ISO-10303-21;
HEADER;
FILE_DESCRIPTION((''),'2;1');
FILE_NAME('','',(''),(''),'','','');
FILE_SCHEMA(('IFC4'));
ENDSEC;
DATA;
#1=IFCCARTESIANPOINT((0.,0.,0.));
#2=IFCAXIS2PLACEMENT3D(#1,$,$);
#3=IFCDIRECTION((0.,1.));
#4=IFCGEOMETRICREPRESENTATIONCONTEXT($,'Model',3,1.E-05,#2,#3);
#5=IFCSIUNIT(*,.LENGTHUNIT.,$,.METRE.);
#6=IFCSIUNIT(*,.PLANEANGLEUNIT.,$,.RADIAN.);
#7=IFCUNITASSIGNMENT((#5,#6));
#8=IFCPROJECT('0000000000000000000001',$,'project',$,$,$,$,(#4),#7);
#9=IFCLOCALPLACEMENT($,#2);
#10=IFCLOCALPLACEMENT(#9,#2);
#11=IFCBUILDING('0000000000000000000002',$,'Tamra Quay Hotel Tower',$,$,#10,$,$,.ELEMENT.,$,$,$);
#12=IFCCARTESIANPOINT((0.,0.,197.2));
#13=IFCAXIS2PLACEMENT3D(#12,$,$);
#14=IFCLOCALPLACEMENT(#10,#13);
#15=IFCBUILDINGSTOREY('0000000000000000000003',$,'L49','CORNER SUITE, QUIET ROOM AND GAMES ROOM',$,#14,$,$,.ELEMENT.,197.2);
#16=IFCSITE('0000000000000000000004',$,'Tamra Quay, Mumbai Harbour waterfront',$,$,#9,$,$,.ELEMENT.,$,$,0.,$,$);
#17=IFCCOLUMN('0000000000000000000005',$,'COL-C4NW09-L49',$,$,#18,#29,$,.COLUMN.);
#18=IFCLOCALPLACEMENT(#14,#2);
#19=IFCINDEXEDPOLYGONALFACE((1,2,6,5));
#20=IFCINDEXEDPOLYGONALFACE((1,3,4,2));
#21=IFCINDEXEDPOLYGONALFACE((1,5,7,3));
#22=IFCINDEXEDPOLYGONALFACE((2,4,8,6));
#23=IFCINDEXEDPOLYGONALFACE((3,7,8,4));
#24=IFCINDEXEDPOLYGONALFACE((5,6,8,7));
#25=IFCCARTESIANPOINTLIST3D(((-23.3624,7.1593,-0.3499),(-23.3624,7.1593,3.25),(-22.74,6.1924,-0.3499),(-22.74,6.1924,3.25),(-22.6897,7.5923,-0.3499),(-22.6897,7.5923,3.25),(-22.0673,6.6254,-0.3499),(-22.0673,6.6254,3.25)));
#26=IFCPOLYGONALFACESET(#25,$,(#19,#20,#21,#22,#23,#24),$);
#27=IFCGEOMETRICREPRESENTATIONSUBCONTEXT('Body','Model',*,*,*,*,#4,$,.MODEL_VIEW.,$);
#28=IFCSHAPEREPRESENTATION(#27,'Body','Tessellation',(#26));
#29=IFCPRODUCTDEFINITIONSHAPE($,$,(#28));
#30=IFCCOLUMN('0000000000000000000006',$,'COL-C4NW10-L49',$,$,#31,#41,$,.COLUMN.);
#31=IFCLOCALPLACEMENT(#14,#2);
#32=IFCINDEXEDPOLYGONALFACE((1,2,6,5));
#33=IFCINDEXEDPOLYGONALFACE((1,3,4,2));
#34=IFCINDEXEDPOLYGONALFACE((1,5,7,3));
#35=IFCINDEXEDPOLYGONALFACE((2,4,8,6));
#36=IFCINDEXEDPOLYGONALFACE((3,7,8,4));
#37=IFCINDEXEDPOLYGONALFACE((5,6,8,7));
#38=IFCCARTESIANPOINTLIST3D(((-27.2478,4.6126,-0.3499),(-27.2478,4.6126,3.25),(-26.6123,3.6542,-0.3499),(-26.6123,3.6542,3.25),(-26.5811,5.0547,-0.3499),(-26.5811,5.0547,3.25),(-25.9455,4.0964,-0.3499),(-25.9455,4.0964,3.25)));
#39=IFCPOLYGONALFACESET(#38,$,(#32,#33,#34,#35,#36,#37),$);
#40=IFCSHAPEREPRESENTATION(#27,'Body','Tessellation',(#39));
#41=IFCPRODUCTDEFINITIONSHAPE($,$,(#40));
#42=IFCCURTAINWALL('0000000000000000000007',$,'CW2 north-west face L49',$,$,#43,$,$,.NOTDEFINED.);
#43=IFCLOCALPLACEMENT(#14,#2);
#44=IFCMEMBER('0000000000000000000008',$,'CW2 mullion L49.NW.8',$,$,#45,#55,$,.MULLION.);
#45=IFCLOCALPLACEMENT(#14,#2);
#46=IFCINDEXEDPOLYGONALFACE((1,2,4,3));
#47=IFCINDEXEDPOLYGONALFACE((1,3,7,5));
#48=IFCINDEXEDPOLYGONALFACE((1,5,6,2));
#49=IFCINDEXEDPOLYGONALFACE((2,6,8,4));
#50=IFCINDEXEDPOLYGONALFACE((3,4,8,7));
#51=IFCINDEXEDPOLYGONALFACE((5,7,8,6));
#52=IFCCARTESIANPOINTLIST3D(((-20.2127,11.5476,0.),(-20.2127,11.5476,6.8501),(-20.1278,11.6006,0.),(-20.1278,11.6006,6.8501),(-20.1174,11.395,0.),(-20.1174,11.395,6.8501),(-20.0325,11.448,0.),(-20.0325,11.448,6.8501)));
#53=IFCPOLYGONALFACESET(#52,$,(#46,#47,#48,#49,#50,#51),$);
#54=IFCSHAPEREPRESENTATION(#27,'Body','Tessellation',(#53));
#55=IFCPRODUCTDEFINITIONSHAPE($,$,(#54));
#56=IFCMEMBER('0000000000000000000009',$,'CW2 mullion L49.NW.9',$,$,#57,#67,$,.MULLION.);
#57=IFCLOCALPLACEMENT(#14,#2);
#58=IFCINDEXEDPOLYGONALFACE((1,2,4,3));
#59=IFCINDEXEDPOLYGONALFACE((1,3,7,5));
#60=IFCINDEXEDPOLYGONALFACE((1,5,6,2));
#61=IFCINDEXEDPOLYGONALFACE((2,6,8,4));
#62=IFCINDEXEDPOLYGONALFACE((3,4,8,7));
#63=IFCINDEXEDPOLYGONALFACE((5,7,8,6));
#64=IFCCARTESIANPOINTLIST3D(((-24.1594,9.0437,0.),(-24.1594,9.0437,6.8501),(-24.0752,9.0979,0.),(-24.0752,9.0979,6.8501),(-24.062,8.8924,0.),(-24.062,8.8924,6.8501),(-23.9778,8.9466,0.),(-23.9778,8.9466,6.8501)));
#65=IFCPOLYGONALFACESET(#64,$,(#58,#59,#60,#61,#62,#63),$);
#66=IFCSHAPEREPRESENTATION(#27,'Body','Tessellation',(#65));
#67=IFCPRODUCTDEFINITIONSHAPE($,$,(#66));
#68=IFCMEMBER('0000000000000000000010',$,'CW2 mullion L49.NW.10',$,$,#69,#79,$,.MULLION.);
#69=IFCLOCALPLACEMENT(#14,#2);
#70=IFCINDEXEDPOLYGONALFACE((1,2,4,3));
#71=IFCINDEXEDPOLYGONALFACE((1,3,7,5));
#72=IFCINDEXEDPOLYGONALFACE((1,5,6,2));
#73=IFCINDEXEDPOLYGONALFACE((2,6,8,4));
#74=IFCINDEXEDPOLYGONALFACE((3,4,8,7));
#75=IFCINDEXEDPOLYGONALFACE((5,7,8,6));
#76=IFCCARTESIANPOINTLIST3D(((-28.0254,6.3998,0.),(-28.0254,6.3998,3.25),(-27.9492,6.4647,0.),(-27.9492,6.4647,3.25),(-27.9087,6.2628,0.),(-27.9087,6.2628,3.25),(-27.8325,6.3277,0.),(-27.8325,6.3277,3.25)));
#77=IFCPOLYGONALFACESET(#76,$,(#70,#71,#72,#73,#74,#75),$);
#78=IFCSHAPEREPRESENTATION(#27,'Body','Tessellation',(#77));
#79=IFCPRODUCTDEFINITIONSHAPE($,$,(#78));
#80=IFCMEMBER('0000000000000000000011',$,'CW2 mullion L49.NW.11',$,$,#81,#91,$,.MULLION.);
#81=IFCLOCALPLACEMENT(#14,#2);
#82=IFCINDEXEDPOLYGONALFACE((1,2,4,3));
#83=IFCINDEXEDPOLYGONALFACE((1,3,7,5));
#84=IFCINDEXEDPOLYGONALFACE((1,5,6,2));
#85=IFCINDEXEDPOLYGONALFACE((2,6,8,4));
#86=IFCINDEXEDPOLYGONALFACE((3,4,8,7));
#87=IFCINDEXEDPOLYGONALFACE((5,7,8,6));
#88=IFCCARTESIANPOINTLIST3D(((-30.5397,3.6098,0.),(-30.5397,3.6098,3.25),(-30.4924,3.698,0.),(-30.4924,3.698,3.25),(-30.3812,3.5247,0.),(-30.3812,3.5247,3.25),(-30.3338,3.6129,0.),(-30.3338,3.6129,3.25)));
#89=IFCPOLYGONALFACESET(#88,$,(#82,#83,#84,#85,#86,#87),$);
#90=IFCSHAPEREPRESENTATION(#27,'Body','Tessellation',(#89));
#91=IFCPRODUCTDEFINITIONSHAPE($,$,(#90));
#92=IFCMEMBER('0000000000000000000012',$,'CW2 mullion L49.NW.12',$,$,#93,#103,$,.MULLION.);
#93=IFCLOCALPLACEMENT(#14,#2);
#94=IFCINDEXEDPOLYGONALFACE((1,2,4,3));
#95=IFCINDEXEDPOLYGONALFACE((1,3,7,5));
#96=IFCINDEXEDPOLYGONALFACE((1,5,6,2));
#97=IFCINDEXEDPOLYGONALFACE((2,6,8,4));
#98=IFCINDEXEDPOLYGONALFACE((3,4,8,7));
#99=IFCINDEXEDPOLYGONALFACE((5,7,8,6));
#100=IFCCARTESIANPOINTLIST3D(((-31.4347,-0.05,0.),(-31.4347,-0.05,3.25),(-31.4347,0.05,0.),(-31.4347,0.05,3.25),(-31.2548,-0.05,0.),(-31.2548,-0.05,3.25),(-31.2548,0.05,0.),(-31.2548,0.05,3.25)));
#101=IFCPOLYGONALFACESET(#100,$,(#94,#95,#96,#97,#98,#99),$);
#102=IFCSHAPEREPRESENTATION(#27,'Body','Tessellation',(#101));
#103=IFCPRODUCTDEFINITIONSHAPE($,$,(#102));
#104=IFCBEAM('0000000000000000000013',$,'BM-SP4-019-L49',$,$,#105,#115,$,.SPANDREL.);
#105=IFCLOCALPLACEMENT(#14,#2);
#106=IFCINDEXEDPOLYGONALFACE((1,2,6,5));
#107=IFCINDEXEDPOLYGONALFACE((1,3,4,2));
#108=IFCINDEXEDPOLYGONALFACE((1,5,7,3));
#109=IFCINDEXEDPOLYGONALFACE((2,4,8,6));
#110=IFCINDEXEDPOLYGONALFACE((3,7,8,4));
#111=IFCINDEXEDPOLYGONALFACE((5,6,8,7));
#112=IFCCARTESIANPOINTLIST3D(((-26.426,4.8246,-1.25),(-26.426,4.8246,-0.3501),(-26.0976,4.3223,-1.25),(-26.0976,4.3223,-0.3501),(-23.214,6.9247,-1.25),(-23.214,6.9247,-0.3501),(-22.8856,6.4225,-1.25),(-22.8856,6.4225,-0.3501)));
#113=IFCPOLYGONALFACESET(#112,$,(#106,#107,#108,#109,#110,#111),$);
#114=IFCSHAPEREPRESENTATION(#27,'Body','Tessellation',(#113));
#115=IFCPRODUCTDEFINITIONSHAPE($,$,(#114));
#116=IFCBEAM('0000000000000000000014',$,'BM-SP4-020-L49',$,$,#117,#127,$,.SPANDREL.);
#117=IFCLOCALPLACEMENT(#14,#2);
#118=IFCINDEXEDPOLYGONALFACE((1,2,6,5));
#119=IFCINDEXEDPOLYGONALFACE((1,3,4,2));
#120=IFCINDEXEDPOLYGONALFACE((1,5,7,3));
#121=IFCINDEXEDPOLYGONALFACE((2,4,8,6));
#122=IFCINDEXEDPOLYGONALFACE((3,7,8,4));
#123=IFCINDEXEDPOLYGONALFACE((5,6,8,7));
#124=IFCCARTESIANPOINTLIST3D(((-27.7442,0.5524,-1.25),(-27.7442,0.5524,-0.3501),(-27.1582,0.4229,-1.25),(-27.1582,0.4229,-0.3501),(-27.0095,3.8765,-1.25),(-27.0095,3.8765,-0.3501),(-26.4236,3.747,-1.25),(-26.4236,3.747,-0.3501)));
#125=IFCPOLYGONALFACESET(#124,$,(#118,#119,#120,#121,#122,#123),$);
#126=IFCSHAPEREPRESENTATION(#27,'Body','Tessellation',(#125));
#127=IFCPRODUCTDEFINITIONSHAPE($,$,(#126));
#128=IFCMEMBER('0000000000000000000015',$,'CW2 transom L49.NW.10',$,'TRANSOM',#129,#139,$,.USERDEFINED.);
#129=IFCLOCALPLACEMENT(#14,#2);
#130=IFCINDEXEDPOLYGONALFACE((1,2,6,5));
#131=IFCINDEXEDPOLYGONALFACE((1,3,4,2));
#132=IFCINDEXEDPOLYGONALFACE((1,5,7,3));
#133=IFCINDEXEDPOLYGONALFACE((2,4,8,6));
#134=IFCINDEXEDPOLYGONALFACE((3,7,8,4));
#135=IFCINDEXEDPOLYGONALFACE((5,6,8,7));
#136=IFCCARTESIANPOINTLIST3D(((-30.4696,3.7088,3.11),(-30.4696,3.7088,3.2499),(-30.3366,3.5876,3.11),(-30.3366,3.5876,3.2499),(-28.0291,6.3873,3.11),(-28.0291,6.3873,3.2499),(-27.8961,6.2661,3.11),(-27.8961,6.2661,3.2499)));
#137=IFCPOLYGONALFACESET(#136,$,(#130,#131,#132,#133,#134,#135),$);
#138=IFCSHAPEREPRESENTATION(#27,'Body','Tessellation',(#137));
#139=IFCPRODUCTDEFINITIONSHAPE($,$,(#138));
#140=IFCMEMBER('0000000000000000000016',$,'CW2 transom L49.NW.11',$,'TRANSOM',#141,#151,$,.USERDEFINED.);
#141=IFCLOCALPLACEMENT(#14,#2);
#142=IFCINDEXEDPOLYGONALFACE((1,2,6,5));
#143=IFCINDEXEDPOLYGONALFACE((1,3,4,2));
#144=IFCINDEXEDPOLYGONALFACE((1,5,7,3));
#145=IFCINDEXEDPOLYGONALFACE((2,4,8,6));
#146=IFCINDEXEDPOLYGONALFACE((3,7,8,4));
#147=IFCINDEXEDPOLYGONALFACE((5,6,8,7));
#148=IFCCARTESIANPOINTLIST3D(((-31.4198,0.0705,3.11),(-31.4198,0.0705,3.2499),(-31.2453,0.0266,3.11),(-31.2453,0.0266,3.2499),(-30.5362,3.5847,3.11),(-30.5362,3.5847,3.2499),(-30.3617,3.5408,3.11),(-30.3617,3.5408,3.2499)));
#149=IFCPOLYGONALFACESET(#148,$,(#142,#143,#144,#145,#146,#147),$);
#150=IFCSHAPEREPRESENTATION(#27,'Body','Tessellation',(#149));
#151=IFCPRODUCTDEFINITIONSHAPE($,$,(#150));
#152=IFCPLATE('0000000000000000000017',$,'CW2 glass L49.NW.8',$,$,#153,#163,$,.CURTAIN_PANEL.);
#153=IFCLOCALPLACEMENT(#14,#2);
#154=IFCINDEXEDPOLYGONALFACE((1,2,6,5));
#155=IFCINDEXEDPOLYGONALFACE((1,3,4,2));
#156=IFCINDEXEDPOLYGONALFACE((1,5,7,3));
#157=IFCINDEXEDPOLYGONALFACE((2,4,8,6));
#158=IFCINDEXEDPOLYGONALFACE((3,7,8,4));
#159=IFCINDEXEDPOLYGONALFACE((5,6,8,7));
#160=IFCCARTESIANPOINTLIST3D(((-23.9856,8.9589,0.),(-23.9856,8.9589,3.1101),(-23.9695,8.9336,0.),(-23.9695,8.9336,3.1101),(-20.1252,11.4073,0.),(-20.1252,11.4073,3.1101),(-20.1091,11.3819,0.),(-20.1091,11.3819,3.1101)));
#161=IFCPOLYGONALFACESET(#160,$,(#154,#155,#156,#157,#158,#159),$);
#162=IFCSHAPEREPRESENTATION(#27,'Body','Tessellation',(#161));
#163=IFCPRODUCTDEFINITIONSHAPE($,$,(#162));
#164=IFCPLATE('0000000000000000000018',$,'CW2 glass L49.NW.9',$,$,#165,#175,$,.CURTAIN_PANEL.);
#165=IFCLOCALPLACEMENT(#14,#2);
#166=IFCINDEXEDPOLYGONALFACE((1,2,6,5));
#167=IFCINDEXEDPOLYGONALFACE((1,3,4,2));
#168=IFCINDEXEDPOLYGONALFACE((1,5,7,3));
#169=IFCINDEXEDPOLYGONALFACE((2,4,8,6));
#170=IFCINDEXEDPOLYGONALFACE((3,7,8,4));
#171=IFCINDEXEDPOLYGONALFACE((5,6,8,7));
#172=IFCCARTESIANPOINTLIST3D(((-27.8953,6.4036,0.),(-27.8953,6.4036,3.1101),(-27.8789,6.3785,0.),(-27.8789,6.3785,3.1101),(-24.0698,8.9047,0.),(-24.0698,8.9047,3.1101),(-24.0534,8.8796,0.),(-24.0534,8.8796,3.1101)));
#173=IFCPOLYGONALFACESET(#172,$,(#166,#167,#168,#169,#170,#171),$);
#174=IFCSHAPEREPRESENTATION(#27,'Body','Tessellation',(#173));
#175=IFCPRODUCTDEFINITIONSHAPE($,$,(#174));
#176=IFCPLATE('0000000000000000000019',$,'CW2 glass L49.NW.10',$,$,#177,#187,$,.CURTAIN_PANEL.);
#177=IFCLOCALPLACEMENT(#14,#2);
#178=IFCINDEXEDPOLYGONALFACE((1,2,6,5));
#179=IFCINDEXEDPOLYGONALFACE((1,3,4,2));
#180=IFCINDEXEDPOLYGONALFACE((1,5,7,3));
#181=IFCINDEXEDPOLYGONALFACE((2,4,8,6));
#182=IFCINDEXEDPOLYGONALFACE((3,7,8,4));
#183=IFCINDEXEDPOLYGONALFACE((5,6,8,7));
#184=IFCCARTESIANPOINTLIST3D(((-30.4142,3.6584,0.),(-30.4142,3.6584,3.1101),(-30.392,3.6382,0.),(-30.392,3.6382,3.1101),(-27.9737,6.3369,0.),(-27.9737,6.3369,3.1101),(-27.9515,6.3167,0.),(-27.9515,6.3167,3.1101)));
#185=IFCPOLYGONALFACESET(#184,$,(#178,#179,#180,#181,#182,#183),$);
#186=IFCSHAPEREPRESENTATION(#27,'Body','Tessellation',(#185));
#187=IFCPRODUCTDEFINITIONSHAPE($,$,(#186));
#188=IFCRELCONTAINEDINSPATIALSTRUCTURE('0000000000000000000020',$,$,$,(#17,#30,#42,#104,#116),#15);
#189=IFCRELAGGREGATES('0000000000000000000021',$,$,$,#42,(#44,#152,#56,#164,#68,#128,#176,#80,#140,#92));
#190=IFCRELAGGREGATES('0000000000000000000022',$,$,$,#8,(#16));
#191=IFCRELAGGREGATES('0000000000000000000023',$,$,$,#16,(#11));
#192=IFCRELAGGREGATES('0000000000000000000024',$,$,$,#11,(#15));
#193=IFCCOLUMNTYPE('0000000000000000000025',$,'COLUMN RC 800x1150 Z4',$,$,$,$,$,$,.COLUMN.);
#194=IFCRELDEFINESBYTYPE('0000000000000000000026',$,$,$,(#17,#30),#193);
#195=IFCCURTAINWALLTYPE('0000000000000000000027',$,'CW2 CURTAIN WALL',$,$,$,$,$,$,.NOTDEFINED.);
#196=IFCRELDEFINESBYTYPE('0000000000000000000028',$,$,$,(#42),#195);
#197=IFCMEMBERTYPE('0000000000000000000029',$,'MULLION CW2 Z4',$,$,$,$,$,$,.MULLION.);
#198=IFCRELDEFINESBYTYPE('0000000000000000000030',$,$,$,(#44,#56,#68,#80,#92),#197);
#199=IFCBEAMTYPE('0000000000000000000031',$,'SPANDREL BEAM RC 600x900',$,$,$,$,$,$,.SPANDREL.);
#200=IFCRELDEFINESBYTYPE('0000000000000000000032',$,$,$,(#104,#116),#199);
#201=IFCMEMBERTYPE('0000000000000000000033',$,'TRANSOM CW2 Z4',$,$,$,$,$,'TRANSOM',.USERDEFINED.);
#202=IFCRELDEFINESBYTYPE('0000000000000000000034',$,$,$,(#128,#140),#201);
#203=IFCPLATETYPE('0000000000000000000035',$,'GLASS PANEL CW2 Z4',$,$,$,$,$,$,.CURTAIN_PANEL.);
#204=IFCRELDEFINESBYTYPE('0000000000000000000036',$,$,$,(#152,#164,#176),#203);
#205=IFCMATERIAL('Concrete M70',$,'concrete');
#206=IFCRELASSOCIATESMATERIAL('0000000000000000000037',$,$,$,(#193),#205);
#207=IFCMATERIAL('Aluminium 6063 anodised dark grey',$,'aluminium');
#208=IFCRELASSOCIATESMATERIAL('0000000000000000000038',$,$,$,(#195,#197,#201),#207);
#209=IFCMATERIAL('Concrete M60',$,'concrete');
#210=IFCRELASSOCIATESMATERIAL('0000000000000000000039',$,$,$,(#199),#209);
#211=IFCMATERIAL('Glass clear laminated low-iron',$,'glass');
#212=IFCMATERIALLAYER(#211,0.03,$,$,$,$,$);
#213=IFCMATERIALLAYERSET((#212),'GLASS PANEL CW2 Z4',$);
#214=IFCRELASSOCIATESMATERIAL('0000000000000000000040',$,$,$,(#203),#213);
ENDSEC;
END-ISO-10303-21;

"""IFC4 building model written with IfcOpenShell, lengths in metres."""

from ifc_helpers import new_model, si_unit, direction, frame, origin, origin_2d, place, context, subcontext, project, spatial, rectangle, extrude, material, layer, layer_set, material_profile, profile_set, type_object, element, aggregate, save


model = new_model("IFC4")

# Units and contexts
model_context = context("Model", 3, precision=1e-05, world=origin(), true_north=direction((0.0, 1.0)))
body_context = subcontext(model_context, "Body", "Model", "MODEL_VIEW")
ifc_project = project(units=[si_unit("LENGTHUNIT", "METRE"), si_unit("PLANEANGLEUNIT", "RADIAN")], contexts=[model_context])

# Site, building, storey
site_placement = place(None, origin())
site = spatial("IfcSite", under=ifc_project, at=site_placement, Name="Tamra Quay, Mumbai Harbour waterfront", CompositionType="ELEMENT", RefElevation=0.0)
building_placement = place(site_placement, origin())
building = spatial("IfcBuilding", under=site, at=building_placement, Name="Tamra Quay Hotel Tower", CompositionType="ELEMENT")
storey_placement = place(building_placement, frame((0.0, 0.0, 197.2)))
storey = spatial("IfcBuildingStorey", under=building, at=storey_placement, Name="L49", Description="CORNER SUITE, QUIET ROOM AND GAMES ROOM", CompositionType="ELEMENT", Elevation=197.2)

# Columns
ifc_material_1 = material(Name="Concrete M70", Category="concrete")
ifc_material_profile_1 = material_profile(ifc_material_1, rectangle(XDim=1.1499, YDim=0.8, at=origin_2d()), Name="COLUMN RC 800x1150 Z4")
ifc_profile_set_1 = profile_set([ifc_material_profile_1], Name="Concrete M70")
column_type = type_object("IfcColumnType", Name="COLUMN RC 800x1150 Z4", PredefinedType="COLUMN", material=ifc_profile_set_1)
for number, where, z_axis, x_axis, name in (
    (1, (-22.7148, 6.8923, -0.3499), (0.0, 0.0, 1.0), (-0.541283, 0.840841, 0.0), "COL-C4NW09-L49"),
    (2, (-26.5967, 4.3545, -0.3499), (0.0, 0.0, 1.0), (-0.552666, 0.833403, 0.0), "COL-C4NW10-L49"),
):
    element("IfcColumn", number, at=place(storey_placement, frame(where, z_axis=z_axis, x_axis=x_axis)), inside=storey, type_object=column_type, Name=name, PredefinedType="COLUMN", context=body_context, shape_type="SweptSolid", body=[
        extrude(rectangle(XDim=1.1499, YDim=0.8, at=origin_2d()), origin(), (0.0, 0.0, 1.0), 3.5999),
    ])

# Curtain wall, members
ifc_material_2 = material(Name="Aluminium 6063 anodised dark grey", Category="aluminium")
curtain_wall_type = type_object("IfcCurtainWallType", Name="CW2 CURTAIN WALL", PredefinedType="NOTDEFINED", material=ifc_material_2)
curtain_wall_placement = place(storey_placement, origin())
curtain_wall = element("IfcCurtainWall", 3, at=curtain_wall_placement, inside=storey, type_object=curtain_wall_type, Name="CW2 north-west face L49", PredefinedType="NOTDEFINED")
ifc_material_profile_2 = material_profile(ifc_material_2, rectangle(XDim=0.1799, YDim=0.1001, at=origin_2d()), Name="MULLION 100X180")
ifc_profile_set_2 = profile_set([ifc_material_profile_2], Name="Aluminium 6063 anodised dark grey")
member_type_1 = type_object("IfcMemberType", Name="MULLION CW2 Z4", PredefinedType="MULLION", material=ifc_profile_set_2)
member_1_placement = place(storey_placement, frame((-20.1226, 11.4978, 0.0), z_axis=(0.0, 0.0, 1.0), x_axis=(-0.529731, 0.848166, 0.0)))
member_1 = element("IfcMember", 4, at=member_1_placement, type_object=member_type_1, Name="CW2 mullion L49.NW.8", PredefinedType="MULLION", context=body_context, shape_type="SweptSolid", body=[
    extrude(rectangle(XDim=0.1799, YDim=0.1001, at=origin_2d()), origin(), (0.0, 0.0, 1.0), 6.8501),
])
member_2_placement = place(storey_placement, frame((-24.0686, 8.9951, 0.0), z_axis=(0.0, 0.0, 1.0), x_axis=(-0.541421, 0.840751, 0.0)))
member_2 = element("IfcMember", 5, at=member_2_placement, type_object=member_type_1, Name="CW2 mullion L49.NW.9", PredefinedType="MULLION", context=body_context, shape_type="SweptSolid", body=[
    extrude(rectangle(XDim=0.1799, YDim=0.1001, at=origin_2d()), origin(), (0.0, 0.0, 1.0), 6.8501),
])
member_3_placement = place(storey_placement, frame((-27.929, 6.3638, 0.0), z_axis=(0.0, 0.0, 1.0), x_axis=(-0.648381, 0.761316, 0.0)))
member_3 = element("IfcMember", 6, at=member_3_placement, type_object=member_type_1, Name="CW2 mullion L49.NW.10", PredefinedType="MULLION", context=body_context, shape_type="SweptSolid", body=[
    extrude(rectangle(XDim=0.1799, YDim=0.1001, at=origin_2d()), origin(), (0.0, 0.0, 1.0), 3.25),
])
member_4_placement = place(storey_placement, frame((-30.4368, 3.6113, 0.0), z_axis=(0.0, 0.0, 1.0), x_axis=(-0.881098, 0.472935, 0.0)))
member_4 = element("IfcMember", 7, at=member_4_placement, type_object=member_type_1, Name="CW2 mullion L49.NW.11", PredefinedType="MULLION", context=body_context, shape_type="SweptSolid", body=[
    extrude(rectangle(XDim=0.1799, YDim=0.1001, at=origin_2d()), origin(), (0.0, 0.0, 1.0), 3.25),
])
member_5_placement = place(storey_placement, frame((-31.3447, 0.0, 0.0), z_axis=(0.0, 0.0, 1.0), x_axis=(-1.0, 0.0, 0.0)))
member_5 = element("IfcMember", 8, at=member_5_placement, type_object=member_type_1, Name="CW2 mullion L49.NW.12", PredefinedType="MULLION", context=body_context, shape_type="SweptSolid", body=[
    extrude(rectangle(XDim=0.1799, YDim=0.1001, at=origin_2d()), origin(), (0.0, 0.0, 1.0), 3.25),
])

# Beams
ifc_material_3 = material(Name="Concrete M60", Category="concrete")
ifc_material_profile_3 = material_profile(ifc_material_3, rectangle(XDim=0.6001, YDim=0.8999, at=origin_2d()), Name="SPANDREL BEAM RC 600x900")
ifc_profile_set_3 = profile_set([ifc_material_profile_3], Name="Concrete M60")
beam_type = type_object("IfcBeamType", Name="SPANDREL BEAM RC 600x900", PredefinedType="SPANDREL", material=ifc_profile_set_3)
beam_1_placement = place(storey_placement, frame((-23.0498, 6.6736, -0.8), z_axis=(-0.83697, -0.547249, 0.0), x_axis=(0.547249, -0.83697, 0.0)))
element("IfcBeam", 9, at=beam_1_placement, inside=storey, type_object=beam_type, Name="BM-SP4-019-L49", PredefinedType="SPANDREL", context=body_context, shape_type="SweptSolid", body=[
    extrude(rectangle(XDim=0.6001, YDim=0.8999, at=origin_2d()), origin(), (0.0, 0.0, 1.0), 3.8376),
])
beam_2_placement = place(storey_placement, frame((-26.7166, 3.8118, -0.8), z_axis=(-0.215799, -0.976438, 0.0), x_axis=(0.976438, -0.215799, 0.0)))
element("IfcBeam", 10, at=beam_2_placement, inside=storey, type_object=beam_type, Name="BM-SP4-020-L49", PredefinedType="SPANDREL", context=body_context, shape_type="SweptSolid", body=[
    extrude(rectangle(XDim=0.6001, YDim=0.8999, at=origin_2d()), origin(), (0.0, 0.0, 1.0), 3.4043),
])

# Members
ifc_material_profile_4 = material_profile(ifc_material_2, rectangle(XDim=0.1799, YDim=0.1399, at=origin_2d()), Name="TRANSOM 180X140")
ifc_profile_set_4 = profile_set([ifc_material_profile_4], Name="Aluminium 6063 anodised dark grey")
member_type_2 = type_object("IfcMemberType", Name="TRANSOM CW2 Z4", ElementType="TRANSOM", PredefinedType="USERDEFINED", material=ifc_profile_set_4)
member_6_placement = place(storey_placement, frame((-27.9626, 6.3267, 3.1799), z_axis=(-0.673497, -0.73919, 0.0), x_axis=(0.73919, -0.673497, 0.0)))
member_6 = element("IfcMember", 11, at=member_6_placement, type_object=member_type_2, Name="CW2 transom L49.NW.10", ObjectType="TRANSOM", PredefinedType="USERDEFINED", context=body_context, shape_type="SweptSolid", body=[
    extrude(rectangle(XDim=0.1799, YDim=0.1399, at=origin_2d()), origin(), (0.0, 0.0, 1.0), 3.6235),
])
member_7_placement = place(storey_placement, frame((-30.449, 3.5627, 3.1799), z_axis=(-0.243835, -0.969817, 0.0), x_axis=(0.969817, -0.243835, 0.0)))
member_7 = element("IfcMember", 12, at=member_7_placement, type_object=member_type_2, Name="CW2 transom L49.NW.11", ObjectType="TRANSOM", PredefinedType="USERDEFINED", context=body_context, shape_type="SweptSolid", body=[
    extrude(rectangle(XDim=0.1799, YDim=0.1399, at=origin_2d()), origin(), (0.0, 0.0, 1.0), 3.6235),
])

# Plates
ifc_material_4 = material(Name="Glass clear laminated low-iron", Category="glass")
ifc_layer_1 = layer(ifc_material_4, 0.03)
ifc_layer_set_1 = layer_set([ifc_layer_1], Name="GLASS PANEL CW2 Z4")
plate_type = type_object("IfcPlateType", Name="GLASS PANEL CW2 Z4", PredefinedType="CURTAIN_PANEL", material=ifc_layer_set_1)
plate_1_placement = place(storey_placement, frame((-22.0474, 10.1704, 0.0), z_axis=(0.0, 0.0, 1.0), x_axis=(-0.844476, -0.535593, 0.0)))
plate_1 = element("IfcPlate", 13, at=plate_1_placement, type_object=plate_type, Name="CW2 glass L49.NW.8", PredefinedType="CURTAIN_PANEL", context=body_context, shape_type="SweptSolid", body=[
    extrude(rectangle(XDim=4.5713, YDim=0.03, at=origin_2d()), origin(), (0.0, 0.0, 1.0), 3.1101),
])
plate_2_placement = place(storey_placement, frame((-25.9744, 7.6416, 0.0), z_axis=(0.0, 0.0, 1.0), x_axis=(-0.836986, -0.547224, 0.0)))
plate_2 = element("IfcPlate", 14, at=plate_2_placement, type_object=plate_type, Name="CW2 glass L49.NW.9", PredefinedType="CURTAIN_PANEL", context=body_context, shape_type="SweptSolid", body=[
    extrude(rectangle(XDim=4.5706, YDim=0.03, at=origin_2d()), origin(), (0.0, 0.0, 1.0), 3.1101),
])
plate_3_placement = place(storey_placement, frame((-29.1829, 4.9875, 0.0), z_axis=(0.0, 0.0, 1.0), x_axis=(-0.673496, -0.739191, 0.0)))
plate_3 = element("IfcPlate", 15, at=plate_3_placement, type_object=plate_type, Name="CW2 glass L49.NW.10", PredefinedType="CURTAIN_PANEL", context=body_context, shape_type="SweptSolid", body=[
    extrude(rectangle(XDim=3.6235, YDim=0.03, at=origin_2d()), origin(), (0.0, 0.0, 1.0), 3.1101),
])
aggregate(curtain_wall, [member_1, plate_1, member_2, plate_2, member_3, member_6, plate_3, member_4, member_7, member_5])

save(model, "model.ifc")
